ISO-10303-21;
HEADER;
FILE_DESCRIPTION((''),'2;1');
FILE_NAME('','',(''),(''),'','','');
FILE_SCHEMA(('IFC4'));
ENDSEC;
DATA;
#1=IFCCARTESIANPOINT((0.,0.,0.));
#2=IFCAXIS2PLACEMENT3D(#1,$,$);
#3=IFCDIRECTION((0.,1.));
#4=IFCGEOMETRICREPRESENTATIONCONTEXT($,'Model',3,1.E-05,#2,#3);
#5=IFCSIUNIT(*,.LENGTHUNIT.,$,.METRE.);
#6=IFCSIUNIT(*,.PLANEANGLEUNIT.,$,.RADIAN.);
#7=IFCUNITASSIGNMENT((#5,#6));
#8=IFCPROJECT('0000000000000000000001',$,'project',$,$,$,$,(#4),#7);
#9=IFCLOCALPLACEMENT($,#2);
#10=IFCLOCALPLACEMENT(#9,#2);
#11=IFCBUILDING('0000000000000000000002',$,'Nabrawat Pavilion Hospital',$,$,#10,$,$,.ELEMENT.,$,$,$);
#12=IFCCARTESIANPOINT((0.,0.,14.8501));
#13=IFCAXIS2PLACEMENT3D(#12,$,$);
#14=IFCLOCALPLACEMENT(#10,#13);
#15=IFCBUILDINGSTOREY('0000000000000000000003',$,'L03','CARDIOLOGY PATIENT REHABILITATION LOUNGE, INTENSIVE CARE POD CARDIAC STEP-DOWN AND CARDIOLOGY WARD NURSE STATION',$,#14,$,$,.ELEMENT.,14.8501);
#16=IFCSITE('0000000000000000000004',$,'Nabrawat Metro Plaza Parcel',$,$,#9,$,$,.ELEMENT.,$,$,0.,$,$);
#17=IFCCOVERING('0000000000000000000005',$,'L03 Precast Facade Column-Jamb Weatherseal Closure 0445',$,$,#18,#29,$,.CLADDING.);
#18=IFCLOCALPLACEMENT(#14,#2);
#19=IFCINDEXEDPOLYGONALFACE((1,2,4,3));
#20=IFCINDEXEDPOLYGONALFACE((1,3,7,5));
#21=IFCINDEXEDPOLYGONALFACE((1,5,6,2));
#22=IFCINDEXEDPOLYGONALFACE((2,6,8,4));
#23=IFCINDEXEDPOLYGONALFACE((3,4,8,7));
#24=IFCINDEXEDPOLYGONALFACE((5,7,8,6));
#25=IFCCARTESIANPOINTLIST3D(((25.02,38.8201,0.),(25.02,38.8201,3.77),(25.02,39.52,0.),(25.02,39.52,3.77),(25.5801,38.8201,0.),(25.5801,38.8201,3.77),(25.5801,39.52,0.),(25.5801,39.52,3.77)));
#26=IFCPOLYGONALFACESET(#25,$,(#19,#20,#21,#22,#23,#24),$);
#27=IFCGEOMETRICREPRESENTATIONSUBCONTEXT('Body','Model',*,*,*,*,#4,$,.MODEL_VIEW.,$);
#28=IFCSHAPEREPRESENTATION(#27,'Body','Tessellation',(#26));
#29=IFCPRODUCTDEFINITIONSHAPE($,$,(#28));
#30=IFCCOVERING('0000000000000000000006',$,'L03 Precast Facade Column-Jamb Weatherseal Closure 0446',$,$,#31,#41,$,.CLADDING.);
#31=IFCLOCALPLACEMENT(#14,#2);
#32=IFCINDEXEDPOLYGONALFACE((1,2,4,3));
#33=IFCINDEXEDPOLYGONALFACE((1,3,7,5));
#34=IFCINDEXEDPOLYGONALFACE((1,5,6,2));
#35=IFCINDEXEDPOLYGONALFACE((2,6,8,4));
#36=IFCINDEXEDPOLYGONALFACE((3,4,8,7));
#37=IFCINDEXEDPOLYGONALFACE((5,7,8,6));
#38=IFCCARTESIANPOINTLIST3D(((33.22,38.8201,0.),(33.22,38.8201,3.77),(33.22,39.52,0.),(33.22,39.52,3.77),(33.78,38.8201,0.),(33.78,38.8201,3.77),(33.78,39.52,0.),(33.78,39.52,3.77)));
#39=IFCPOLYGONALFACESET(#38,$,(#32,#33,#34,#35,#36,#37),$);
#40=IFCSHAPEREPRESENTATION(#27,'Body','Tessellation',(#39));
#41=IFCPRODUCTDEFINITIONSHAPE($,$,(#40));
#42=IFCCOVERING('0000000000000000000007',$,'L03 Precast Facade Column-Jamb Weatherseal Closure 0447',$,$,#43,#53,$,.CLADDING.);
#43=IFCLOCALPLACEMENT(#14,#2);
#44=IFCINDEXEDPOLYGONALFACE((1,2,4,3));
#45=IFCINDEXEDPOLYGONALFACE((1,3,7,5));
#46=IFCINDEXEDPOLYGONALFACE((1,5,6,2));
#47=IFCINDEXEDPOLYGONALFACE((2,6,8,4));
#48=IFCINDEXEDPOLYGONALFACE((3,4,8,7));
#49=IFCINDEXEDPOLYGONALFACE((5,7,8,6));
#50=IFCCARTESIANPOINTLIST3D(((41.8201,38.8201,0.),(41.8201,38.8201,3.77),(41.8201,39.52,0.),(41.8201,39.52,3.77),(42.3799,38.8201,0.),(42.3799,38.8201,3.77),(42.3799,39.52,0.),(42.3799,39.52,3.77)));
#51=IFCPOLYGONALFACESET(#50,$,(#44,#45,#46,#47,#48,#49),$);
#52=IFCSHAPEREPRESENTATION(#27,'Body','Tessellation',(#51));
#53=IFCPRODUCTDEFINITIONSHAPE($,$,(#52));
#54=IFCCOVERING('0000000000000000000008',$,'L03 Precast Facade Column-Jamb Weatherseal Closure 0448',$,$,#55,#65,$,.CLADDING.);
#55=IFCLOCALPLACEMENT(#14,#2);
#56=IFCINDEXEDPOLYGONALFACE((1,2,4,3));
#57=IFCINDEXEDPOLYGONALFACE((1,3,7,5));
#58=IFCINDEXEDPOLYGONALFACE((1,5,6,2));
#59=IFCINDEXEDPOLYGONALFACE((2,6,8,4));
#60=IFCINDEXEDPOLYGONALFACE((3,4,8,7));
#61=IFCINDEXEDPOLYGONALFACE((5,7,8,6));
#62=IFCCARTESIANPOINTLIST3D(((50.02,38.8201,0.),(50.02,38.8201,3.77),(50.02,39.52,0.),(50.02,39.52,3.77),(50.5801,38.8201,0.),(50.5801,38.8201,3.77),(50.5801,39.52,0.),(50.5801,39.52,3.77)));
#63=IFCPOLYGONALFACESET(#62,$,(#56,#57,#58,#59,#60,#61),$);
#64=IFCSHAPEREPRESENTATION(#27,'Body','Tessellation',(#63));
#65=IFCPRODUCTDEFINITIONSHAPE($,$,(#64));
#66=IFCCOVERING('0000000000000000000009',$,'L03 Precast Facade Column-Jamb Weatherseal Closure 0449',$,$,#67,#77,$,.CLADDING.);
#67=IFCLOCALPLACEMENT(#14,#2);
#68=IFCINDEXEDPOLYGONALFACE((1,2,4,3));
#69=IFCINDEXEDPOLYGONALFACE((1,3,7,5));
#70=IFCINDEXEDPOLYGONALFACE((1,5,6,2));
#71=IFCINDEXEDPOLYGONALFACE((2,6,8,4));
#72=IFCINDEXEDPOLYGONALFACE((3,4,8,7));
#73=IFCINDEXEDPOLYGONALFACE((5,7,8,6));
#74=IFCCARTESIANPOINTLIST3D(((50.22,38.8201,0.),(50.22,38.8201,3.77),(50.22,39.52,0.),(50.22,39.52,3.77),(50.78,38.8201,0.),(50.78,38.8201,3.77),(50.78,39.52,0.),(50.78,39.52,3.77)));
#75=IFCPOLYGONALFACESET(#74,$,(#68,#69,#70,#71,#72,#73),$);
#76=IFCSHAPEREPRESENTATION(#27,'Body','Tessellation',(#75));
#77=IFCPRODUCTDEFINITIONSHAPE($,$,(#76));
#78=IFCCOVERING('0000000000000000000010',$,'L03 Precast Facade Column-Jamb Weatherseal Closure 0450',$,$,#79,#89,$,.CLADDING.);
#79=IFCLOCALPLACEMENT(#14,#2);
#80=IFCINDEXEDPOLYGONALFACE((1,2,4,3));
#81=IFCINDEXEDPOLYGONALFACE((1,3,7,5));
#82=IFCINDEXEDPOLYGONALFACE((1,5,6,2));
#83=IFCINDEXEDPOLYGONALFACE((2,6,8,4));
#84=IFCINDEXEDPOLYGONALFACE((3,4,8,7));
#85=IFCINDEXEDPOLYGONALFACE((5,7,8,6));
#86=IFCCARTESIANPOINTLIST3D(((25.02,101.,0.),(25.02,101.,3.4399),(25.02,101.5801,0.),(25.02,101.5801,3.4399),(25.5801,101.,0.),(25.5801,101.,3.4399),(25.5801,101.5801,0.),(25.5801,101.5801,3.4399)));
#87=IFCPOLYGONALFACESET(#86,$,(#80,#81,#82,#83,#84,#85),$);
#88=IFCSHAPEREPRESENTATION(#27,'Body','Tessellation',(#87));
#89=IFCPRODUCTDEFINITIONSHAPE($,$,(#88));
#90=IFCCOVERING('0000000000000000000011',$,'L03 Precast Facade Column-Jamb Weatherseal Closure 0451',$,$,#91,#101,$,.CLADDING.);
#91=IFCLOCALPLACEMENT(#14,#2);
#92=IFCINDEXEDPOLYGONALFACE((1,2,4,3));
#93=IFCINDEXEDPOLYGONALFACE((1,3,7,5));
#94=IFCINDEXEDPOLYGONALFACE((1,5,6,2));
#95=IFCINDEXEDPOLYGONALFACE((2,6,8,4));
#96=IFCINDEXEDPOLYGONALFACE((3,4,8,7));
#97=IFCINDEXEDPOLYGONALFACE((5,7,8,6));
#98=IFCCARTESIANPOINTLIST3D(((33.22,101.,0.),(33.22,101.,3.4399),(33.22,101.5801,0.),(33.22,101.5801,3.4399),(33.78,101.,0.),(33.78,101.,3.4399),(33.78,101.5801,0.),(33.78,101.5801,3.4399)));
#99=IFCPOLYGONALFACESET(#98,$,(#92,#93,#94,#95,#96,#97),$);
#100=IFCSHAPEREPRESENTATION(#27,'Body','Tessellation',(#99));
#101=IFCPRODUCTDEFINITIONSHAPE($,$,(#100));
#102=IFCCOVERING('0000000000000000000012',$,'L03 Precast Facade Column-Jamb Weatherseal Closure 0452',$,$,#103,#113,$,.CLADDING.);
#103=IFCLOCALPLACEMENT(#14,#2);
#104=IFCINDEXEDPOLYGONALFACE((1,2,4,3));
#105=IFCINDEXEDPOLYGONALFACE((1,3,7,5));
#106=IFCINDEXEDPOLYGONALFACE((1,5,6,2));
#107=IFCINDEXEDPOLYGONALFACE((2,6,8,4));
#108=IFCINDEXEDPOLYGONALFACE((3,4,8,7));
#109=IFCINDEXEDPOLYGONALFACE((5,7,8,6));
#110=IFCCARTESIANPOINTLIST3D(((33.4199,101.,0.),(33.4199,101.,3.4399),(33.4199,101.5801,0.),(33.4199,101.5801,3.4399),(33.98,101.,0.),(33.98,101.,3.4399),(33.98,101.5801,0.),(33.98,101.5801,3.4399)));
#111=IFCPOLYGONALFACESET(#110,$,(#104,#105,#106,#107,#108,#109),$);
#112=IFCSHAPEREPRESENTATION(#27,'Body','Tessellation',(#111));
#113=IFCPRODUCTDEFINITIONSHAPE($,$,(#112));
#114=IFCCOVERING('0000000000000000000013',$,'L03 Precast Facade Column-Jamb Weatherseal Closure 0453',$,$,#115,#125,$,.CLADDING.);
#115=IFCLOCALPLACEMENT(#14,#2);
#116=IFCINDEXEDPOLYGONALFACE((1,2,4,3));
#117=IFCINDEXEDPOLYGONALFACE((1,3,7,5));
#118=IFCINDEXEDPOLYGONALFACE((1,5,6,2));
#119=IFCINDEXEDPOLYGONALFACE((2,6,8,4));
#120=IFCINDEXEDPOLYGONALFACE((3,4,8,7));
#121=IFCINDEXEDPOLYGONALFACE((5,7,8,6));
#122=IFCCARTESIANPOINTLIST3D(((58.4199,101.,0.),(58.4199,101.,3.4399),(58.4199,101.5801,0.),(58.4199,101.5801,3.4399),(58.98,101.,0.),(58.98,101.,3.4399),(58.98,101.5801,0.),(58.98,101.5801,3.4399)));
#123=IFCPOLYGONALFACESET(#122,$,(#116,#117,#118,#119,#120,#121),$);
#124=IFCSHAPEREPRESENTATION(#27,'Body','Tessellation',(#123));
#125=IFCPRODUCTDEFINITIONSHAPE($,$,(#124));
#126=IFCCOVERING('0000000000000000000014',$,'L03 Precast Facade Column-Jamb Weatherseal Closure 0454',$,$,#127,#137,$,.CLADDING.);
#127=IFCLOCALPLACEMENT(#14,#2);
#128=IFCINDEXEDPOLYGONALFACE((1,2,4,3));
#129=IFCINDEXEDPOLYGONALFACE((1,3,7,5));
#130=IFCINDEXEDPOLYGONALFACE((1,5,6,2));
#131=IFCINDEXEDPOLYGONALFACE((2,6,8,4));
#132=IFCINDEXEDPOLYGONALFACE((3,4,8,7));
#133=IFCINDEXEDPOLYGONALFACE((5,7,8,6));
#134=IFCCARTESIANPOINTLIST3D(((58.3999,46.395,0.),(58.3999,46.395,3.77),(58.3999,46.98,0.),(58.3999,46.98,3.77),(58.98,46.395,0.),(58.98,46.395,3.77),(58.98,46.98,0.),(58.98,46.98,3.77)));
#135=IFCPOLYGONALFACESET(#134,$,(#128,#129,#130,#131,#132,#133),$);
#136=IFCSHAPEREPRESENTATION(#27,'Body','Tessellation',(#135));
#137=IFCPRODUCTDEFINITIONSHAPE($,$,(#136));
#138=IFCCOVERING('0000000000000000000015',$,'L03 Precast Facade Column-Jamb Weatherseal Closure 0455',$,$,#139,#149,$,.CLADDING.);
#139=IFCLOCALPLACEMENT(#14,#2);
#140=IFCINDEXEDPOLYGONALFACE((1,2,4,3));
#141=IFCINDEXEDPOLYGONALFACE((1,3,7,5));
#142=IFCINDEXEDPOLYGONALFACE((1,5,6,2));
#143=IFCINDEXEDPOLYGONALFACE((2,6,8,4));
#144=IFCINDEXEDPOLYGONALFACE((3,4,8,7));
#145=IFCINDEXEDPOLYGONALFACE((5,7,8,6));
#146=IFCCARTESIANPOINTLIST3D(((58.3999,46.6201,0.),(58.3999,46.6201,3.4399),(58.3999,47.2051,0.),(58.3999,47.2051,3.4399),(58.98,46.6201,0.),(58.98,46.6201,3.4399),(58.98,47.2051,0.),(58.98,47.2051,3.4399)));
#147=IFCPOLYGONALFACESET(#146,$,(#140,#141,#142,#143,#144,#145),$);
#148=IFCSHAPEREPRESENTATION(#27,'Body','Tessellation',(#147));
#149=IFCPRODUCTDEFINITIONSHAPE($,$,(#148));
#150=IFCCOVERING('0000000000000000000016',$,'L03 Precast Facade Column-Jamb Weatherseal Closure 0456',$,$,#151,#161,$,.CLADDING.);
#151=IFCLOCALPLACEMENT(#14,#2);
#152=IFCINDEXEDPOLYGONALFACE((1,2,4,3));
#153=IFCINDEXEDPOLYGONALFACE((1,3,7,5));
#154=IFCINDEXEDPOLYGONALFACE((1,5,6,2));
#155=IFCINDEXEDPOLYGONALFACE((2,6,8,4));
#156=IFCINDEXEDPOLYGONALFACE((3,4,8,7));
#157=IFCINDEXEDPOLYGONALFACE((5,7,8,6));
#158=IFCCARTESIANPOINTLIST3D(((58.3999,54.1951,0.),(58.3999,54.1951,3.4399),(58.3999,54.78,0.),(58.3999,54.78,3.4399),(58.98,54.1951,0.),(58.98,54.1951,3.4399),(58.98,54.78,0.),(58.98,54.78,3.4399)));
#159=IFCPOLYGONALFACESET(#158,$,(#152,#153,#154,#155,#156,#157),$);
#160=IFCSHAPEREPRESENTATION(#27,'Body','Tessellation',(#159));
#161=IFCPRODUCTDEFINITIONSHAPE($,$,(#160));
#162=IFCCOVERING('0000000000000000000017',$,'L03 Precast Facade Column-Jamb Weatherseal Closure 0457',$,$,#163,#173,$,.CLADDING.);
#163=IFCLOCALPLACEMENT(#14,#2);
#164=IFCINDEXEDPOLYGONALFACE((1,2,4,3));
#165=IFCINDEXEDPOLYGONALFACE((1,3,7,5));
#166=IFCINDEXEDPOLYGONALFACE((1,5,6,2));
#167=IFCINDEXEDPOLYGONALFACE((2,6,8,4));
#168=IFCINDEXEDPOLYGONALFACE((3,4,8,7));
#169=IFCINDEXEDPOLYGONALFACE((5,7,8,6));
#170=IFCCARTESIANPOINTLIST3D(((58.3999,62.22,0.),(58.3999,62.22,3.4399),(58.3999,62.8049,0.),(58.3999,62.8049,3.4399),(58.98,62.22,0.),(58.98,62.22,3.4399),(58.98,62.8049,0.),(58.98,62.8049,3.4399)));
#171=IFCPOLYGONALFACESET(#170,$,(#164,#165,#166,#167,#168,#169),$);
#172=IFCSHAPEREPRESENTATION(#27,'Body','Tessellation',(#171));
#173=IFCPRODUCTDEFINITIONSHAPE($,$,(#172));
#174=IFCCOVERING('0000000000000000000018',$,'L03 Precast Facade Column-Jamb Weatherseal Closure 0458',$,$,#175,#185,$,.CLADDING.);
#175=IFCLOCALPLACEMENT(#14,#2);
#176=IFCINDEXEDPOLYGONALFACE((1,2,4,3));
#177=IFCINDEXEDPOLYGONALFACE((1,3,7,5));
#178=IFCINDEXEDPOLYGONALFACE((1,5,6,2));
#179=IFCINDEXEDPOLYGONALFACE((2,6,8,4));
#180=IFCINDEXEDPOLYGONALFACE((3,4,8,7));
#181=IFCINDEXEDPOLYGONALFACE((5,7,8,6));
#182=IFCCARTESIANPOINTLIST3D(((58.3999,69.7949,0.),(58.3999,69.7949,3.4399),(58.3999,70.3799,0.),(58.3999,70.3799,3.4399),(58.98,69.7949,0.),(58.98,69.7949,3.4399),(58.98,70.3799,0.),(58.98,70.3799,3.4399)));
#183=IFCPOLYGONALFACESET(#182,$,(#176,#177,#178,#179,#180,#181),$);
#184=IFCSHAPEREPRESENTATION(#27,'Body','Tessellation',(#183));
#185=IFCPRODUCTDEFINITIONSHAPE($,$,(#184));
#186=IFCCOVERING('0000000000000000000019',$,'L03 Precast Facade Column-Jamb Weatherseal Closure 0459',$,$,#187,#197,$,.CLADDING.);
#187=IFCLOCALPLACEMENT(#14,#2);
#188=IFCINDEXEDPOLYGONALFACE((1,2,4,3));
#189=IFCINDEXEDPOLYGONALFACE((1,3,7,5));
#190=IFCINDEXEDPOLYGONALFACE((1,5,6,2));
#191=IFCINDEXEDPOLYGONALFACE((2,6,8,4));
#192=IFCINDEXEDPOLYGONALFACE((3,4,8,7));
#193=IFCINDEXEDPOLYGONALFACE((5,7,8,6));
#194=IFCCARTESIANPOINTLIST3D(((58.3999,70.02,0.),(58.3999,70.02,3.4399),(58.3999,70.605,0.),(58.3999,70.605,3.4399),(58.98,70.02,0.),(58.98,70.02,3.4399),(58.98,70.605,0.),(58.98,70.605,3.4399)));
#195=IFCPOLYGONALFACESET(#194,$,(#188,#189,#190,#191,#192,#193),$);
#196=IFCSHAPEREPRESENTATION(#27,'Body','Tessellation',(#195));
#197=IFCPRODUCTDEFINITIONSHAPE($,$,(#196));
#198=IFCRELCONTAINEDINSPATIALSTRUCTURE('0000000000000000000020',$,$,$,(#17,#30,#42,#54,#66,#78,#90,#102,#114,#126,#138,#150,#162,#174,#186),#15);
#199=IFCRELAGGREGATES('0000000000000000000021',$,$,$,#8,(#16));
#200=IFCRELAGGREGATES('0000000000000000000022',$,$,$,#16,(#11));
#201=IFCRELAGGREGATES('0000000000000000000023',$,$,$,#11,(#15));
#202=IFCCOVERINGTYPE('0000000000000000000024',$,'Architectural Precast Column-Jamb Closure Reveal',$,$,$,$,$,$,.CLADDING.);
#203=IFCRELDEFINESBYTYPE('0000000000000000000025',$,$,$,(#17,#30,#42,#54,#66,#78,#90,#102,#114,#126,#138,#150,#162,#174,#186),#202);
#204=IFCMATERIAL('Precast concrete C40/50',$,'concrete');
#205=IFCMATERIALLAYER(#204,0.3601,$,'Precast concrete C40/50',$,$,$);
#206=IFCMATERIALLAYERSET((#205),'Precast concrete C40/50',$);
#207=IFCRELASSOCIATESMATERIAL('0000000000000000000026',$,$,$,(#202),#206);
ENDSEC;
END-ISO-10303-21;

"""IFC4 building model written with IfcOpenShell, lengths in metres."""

from ifc_helpers import new_model, si_unit, direction, frame, origin, place, context, subcontext, project, spatial, polyline, outline, extrude, material, layer, layer_set, type_object, element, save


model = new_model("IFC4")

# Units and contexts
model_context = context("Model", 3, precision=1e-05, world=origin(), true_north=direction((0.0, 1.0)))
body_context = subcontext(model_context, "Body", "Model", "MODEL_VIEW")
ifc_project = project(units=[si_unit("LENGTHUNIT", "METRE"), si_unit("PLANEANGLEUNIT", "RADIAN")], contexts=[model_context])

# Site, building, storey
site_placement = place(None, origin())
site = spatial("IfcSite", under=ifc_project, at=site_placement, Name="Nabrawat Metro Plaza Parcel", CompositionType="ELEMENT", RefElevation=0.0)
building_placement = place(site_placement, origin())
building = spatial("IfcBuilding", under=site, at=building_placement, Name="Nabrawat Pavilion Hospital", CompositionType="ELEMENT")
storey_placement = place(building_placement, frame((0.0, 0.0, 14.8501)))
storey = spatial("IfcBuildingStorey", under=building, at=storey_placement, Name="L03", Description="CARDIOLOGY PATIENT REHABILITATION LOUNGE, INTENSIVE CARE POD CARDIAC STEP-DOWN AND CARDIOLOGY WARD NURSE STATION", CompositionType="ELEMENT", Elevation=14.8501)

# Coverings
ifc_material_1 = material(Name="Precast concrete C40/50", Category="concrete")
ifc_layer_1 = layer(ifc_material_1, 0.3601, Name="Precast concrete C40/50")
ifc_layer_set_1 = layer_set([ifc_layer_1], Name="Precast concrete C40/50")
covering_type = type_object("IfcCoveringType", Name="Architectural Precast Column-Jamb Closure Reveal", PredefinedType="CLADDING", material=ifc_layer_set_1)
covering_1_placement = place(storey_placement, origin())
element("IfcCovering", 1, at=covering_1_placement, inside=storey, type_object=covering_type, Name="L03 Precast Facade Column-Jamb Weatherseal Closure 0445", PredefinedType="CLADDING", context=body_context, shape_type="SweptSolid", body=[
    extrude(outline(polyline([(25.5801, 38.8201), (25.5801, 39.52), (25.02, 39.52), (25.02, 38.8201), (25.5801, 38.8201)])), origin(), (0.0, 0.0, 1.0), 3.77),
])
covering_2_placement = place(storey_placement, origin())
element("IfcCovering", 2, at=covering_2_placement, inside=storey, type_object=covering_type, Name="L03 Precast Facade Column-Jamb Weatherseal Closure 0446", PredefinedType="CLADDING", context=body_context, shape_type="SweptSolid", body=[
    extrude(outline(polyline([(33.78, 38.8201), (33.78, 39.52), (33.22, 39.52), (33.22, 38.8201), (33.78, 38.8201)])), origin(), (0.0, 0.0, 1.0), 3.77),
])
covering_3_placement = place(storey_placement, origin())
element("IfcCovering", 3, at=covering_3_placement, inside=storey, type_object=covering_type, Name="L03 Precast Facade Column-Jamb Weatherseal Closure 0447", PredefinedType="CLADDING", context=body_context, shape_type="SweptSolid", body=[
    extrude(outline(polyline([(42.3799, 38.8201), (42.3799, 39.52), (41.8201, 39.52), (41.8201, 38.8201), (42.3799, 38.8201)])), origin(), (0.0, 0.0, 1.0), 3.77),
])
covering_4_placement = place(storey_placement, origin())
element("IfcCovering", 4, at=covering_4_placement, inside=storey, type_object=covering_type, Name="L03 Precast Facade Column-Jamb Weatherseal Closure 0448", PredefinedType="CLADDING", context=body_context, shape_type="SweptSolid", body=[
    extrude(outline(polyline([(50.5801, 38.8201), (50.5801, 39.52), (50.02, 39.52), (50.02, 38.8201), (50.5801, 38.8201)])), origin(), (0.0, 0.0, 1.0), 3.77),
])
covering_5_placement = place(storey_placement, origin())
element("IfcCovering", 5, at=covering_5_placement, inside=storey, type_object=covering_type, Name="L03 Precast Facade Column-Jamb Weatherseal Closure 0449", PredefinedType="CLADDING", context=body_context, shape_type="SweptSolid", body=[
    extrude(outline(polyline([(50.78, 38.8201), (50.78, 39.52), (50.22, 39.52), (50.22, 38.8201), (50.78, 38.8201)])), origin(), (0.0, 0.0, 1.0), 3.77),
])
covering_6_placement = place(storey_placement, origin())
element("IfcCovering", 6, at=covering_6_placement, inside=storey, type_object=covering_type, Name="L03 Precast Facade Column-Jamb Weatherseal Closure 0450", PredefinedType="CLADDING", context=body_context, shape_type="SweptSolid", body=[
    extrude(outline(polyline([(25.5801, 101.0), (25.5801, 101.5801), (25.02, 101.5801), (25.02, 101.0), (25.5801, 101.0)])), origin(), (0.0, 0.0, 1.0), 3.4399),
])
covering_7_placement = place(storey_placement, origin())
element("IfcCovering", 7, at=covering_7_placement, inside=storey, type_object=covering_type, Name="L03 Precast Facade Column-Jamb Weatherseal Closure 0451", PredefinedType="CLADDING", context=body_context, shape_type="SweptSolid", body=[
    extrude(outline(polyline([(33.78, 101.0), (33.78, 101.5801), (33.22, 101.5801), (33.22, 101.0), (33.78, 101.0)])), origin(), (0.0, 0.0, 1.0), 3.4399),
])
covering_8_placement = place(storey_placement, origin())
element("IfcCovering", 8, at=covering_8_placement, inside=storey, type_object=covering_type, Name="L03 Precast Facade Column-Jamb Weatherseal Closure 0452", PredefinedType="CLADDING", context=body_context, shape_type="SweptSolid", body=[
    extrude(outline(polyline([(33.98, 101.0), (33.98, 101.5801), (33.4199, 101.5801), (33.4199, 101.0), (33.98, 101.0)])), origin(), (0.0, 0.0, 1.0), 3.4399),
])
covering_9_placement = place(storey_placement, origin())
element("IfcCovering", 9, at=covering_9_placement, inside=storey, type_object=covering_type, Name="L03 Precast Facade Column-Jamb Weatherseal Closure 0453", PredefinedType="CLADDING", context=body_context, shape_type="SweptSolid", body=[
    extrude(outline(polyline([(58.98, 101.0), (58.98, 101.5801), (58.4199, 101.5801), (58.4199, 101.0), (58.98, 101.0)])), origin(), (0.0, 0.0, 1.0), 3.4399),
])
covering_10_placement = place(storey_placement, origin())
element("IfcCovering", 10, at=covering_10_placement, inside=storey, type_object=covering_type, Name="L03 Precast Facade Column-Jamb Weatherseal Closure 0454", PredefinedType="CLADDING", context=body_context, shape_type="SweptSolid", body=[
    extrude(outline(polyline([(58.98, 46.395), (58.98, 46.98), (58.3999, 46.98), (58.3999, 46.395), (58.98, 46.395)])), origin(), (0.0, 0.0, 1.0), 3.77),
])
covering_11_placement = place(storey_placement, origin())
element("IfcCovering", 11, at=covering_11_placement, inside=storey, type_object=covering_type, Name="L03 Precast Facade Column-Jamb Weatherseal Closure 0455", PredefinedType="CLADDING", context=body_context, shape_type="SweptSolid", body=[
    extrude(outline(polyline([(58.98, 46.6201), (58.98, 47.2051), (58.3999, 47.2051), (58.3999, 46.6201), (58.98, 46.6201)])), origin(), (0.0, 0.0, 1.0), 3.4399),
])
covering_12_placement = place(storey_placement, origin())
element("IfcCovering", 12, at=covering_12_placement, inside=storey, type_object=covering_type, Name="L03 Precast Facade Column-Jamb Weatherseal Closure 0456", PredefinedType="CLADDING", context=body_context, shape_type="SweptSolid", body=[
    extrude(outline(polyline([(58.98, 54.1951), (58.98, 54.78), (58.3999, 54.78), (58.3999, 54.1951), (58.98, 54.1951)])), origin(), (0.0, 0.0, 1.0), 3.4399),
])
covering_13_placement = place(storey_placement, origin())
element("IfcCovering", 13, at=covering_13_placement, inside=storey, type_object=covering_type, Name="L03 Precast Facade Column-Jamb Weatherseal Closure 0457", PredefinedType="CLADDING", context=body_context, shape_type="SweptSolid", body=[
    extrude(outline(polyline([(58.98, 62.22), (58.98, 62.8049), (58.3999, 62.8049), (58.3999, 62.22), (58.98, 62.22)])), origin(), (0.0, 0.0, 1.0), 3.4399),
])
covering_14_placement = place(storey_placement, origin())
element("IfcCovering", 14, at=covering_14_placement, inside=storey, type_object=covering_type, Name="L03 Precast Facade Column-Jamb Weatherseal Closure 0458", PredefinedType="CLADDING", context=body_context, shape_type="SweptSolid", body=[
    extrude(outline(polyline([(58.98, 69.7949), (58.98, 70.3799), (58.3999, 70.3799), (58.3999, 69.7949), (58.98, 69.7949)])), origin(), (0.0, 0.0, 1.0), 3.4399),
])
covering_15_placement = place(storey_placement, origin())
element("IfcCovering", 15, at=covering_15_placement, inside=storey, type_object=covering_type, Name="L03 Precast Facade Column-Jamb Weatherseal Closure 0459", PredefinedType="CLADDING", context=body_context, shape_type="SweptSolid", body=[
    extrude(outline(polyline([(58.98, 70.02), (58.98, 70.605), (58.3999, 70.605), (58.3999, 70.02), (58.98, 70.02)])), origin(), (0.0, 0.0, 1.0), 3.4399),
])

save(model, "model.ifc")
